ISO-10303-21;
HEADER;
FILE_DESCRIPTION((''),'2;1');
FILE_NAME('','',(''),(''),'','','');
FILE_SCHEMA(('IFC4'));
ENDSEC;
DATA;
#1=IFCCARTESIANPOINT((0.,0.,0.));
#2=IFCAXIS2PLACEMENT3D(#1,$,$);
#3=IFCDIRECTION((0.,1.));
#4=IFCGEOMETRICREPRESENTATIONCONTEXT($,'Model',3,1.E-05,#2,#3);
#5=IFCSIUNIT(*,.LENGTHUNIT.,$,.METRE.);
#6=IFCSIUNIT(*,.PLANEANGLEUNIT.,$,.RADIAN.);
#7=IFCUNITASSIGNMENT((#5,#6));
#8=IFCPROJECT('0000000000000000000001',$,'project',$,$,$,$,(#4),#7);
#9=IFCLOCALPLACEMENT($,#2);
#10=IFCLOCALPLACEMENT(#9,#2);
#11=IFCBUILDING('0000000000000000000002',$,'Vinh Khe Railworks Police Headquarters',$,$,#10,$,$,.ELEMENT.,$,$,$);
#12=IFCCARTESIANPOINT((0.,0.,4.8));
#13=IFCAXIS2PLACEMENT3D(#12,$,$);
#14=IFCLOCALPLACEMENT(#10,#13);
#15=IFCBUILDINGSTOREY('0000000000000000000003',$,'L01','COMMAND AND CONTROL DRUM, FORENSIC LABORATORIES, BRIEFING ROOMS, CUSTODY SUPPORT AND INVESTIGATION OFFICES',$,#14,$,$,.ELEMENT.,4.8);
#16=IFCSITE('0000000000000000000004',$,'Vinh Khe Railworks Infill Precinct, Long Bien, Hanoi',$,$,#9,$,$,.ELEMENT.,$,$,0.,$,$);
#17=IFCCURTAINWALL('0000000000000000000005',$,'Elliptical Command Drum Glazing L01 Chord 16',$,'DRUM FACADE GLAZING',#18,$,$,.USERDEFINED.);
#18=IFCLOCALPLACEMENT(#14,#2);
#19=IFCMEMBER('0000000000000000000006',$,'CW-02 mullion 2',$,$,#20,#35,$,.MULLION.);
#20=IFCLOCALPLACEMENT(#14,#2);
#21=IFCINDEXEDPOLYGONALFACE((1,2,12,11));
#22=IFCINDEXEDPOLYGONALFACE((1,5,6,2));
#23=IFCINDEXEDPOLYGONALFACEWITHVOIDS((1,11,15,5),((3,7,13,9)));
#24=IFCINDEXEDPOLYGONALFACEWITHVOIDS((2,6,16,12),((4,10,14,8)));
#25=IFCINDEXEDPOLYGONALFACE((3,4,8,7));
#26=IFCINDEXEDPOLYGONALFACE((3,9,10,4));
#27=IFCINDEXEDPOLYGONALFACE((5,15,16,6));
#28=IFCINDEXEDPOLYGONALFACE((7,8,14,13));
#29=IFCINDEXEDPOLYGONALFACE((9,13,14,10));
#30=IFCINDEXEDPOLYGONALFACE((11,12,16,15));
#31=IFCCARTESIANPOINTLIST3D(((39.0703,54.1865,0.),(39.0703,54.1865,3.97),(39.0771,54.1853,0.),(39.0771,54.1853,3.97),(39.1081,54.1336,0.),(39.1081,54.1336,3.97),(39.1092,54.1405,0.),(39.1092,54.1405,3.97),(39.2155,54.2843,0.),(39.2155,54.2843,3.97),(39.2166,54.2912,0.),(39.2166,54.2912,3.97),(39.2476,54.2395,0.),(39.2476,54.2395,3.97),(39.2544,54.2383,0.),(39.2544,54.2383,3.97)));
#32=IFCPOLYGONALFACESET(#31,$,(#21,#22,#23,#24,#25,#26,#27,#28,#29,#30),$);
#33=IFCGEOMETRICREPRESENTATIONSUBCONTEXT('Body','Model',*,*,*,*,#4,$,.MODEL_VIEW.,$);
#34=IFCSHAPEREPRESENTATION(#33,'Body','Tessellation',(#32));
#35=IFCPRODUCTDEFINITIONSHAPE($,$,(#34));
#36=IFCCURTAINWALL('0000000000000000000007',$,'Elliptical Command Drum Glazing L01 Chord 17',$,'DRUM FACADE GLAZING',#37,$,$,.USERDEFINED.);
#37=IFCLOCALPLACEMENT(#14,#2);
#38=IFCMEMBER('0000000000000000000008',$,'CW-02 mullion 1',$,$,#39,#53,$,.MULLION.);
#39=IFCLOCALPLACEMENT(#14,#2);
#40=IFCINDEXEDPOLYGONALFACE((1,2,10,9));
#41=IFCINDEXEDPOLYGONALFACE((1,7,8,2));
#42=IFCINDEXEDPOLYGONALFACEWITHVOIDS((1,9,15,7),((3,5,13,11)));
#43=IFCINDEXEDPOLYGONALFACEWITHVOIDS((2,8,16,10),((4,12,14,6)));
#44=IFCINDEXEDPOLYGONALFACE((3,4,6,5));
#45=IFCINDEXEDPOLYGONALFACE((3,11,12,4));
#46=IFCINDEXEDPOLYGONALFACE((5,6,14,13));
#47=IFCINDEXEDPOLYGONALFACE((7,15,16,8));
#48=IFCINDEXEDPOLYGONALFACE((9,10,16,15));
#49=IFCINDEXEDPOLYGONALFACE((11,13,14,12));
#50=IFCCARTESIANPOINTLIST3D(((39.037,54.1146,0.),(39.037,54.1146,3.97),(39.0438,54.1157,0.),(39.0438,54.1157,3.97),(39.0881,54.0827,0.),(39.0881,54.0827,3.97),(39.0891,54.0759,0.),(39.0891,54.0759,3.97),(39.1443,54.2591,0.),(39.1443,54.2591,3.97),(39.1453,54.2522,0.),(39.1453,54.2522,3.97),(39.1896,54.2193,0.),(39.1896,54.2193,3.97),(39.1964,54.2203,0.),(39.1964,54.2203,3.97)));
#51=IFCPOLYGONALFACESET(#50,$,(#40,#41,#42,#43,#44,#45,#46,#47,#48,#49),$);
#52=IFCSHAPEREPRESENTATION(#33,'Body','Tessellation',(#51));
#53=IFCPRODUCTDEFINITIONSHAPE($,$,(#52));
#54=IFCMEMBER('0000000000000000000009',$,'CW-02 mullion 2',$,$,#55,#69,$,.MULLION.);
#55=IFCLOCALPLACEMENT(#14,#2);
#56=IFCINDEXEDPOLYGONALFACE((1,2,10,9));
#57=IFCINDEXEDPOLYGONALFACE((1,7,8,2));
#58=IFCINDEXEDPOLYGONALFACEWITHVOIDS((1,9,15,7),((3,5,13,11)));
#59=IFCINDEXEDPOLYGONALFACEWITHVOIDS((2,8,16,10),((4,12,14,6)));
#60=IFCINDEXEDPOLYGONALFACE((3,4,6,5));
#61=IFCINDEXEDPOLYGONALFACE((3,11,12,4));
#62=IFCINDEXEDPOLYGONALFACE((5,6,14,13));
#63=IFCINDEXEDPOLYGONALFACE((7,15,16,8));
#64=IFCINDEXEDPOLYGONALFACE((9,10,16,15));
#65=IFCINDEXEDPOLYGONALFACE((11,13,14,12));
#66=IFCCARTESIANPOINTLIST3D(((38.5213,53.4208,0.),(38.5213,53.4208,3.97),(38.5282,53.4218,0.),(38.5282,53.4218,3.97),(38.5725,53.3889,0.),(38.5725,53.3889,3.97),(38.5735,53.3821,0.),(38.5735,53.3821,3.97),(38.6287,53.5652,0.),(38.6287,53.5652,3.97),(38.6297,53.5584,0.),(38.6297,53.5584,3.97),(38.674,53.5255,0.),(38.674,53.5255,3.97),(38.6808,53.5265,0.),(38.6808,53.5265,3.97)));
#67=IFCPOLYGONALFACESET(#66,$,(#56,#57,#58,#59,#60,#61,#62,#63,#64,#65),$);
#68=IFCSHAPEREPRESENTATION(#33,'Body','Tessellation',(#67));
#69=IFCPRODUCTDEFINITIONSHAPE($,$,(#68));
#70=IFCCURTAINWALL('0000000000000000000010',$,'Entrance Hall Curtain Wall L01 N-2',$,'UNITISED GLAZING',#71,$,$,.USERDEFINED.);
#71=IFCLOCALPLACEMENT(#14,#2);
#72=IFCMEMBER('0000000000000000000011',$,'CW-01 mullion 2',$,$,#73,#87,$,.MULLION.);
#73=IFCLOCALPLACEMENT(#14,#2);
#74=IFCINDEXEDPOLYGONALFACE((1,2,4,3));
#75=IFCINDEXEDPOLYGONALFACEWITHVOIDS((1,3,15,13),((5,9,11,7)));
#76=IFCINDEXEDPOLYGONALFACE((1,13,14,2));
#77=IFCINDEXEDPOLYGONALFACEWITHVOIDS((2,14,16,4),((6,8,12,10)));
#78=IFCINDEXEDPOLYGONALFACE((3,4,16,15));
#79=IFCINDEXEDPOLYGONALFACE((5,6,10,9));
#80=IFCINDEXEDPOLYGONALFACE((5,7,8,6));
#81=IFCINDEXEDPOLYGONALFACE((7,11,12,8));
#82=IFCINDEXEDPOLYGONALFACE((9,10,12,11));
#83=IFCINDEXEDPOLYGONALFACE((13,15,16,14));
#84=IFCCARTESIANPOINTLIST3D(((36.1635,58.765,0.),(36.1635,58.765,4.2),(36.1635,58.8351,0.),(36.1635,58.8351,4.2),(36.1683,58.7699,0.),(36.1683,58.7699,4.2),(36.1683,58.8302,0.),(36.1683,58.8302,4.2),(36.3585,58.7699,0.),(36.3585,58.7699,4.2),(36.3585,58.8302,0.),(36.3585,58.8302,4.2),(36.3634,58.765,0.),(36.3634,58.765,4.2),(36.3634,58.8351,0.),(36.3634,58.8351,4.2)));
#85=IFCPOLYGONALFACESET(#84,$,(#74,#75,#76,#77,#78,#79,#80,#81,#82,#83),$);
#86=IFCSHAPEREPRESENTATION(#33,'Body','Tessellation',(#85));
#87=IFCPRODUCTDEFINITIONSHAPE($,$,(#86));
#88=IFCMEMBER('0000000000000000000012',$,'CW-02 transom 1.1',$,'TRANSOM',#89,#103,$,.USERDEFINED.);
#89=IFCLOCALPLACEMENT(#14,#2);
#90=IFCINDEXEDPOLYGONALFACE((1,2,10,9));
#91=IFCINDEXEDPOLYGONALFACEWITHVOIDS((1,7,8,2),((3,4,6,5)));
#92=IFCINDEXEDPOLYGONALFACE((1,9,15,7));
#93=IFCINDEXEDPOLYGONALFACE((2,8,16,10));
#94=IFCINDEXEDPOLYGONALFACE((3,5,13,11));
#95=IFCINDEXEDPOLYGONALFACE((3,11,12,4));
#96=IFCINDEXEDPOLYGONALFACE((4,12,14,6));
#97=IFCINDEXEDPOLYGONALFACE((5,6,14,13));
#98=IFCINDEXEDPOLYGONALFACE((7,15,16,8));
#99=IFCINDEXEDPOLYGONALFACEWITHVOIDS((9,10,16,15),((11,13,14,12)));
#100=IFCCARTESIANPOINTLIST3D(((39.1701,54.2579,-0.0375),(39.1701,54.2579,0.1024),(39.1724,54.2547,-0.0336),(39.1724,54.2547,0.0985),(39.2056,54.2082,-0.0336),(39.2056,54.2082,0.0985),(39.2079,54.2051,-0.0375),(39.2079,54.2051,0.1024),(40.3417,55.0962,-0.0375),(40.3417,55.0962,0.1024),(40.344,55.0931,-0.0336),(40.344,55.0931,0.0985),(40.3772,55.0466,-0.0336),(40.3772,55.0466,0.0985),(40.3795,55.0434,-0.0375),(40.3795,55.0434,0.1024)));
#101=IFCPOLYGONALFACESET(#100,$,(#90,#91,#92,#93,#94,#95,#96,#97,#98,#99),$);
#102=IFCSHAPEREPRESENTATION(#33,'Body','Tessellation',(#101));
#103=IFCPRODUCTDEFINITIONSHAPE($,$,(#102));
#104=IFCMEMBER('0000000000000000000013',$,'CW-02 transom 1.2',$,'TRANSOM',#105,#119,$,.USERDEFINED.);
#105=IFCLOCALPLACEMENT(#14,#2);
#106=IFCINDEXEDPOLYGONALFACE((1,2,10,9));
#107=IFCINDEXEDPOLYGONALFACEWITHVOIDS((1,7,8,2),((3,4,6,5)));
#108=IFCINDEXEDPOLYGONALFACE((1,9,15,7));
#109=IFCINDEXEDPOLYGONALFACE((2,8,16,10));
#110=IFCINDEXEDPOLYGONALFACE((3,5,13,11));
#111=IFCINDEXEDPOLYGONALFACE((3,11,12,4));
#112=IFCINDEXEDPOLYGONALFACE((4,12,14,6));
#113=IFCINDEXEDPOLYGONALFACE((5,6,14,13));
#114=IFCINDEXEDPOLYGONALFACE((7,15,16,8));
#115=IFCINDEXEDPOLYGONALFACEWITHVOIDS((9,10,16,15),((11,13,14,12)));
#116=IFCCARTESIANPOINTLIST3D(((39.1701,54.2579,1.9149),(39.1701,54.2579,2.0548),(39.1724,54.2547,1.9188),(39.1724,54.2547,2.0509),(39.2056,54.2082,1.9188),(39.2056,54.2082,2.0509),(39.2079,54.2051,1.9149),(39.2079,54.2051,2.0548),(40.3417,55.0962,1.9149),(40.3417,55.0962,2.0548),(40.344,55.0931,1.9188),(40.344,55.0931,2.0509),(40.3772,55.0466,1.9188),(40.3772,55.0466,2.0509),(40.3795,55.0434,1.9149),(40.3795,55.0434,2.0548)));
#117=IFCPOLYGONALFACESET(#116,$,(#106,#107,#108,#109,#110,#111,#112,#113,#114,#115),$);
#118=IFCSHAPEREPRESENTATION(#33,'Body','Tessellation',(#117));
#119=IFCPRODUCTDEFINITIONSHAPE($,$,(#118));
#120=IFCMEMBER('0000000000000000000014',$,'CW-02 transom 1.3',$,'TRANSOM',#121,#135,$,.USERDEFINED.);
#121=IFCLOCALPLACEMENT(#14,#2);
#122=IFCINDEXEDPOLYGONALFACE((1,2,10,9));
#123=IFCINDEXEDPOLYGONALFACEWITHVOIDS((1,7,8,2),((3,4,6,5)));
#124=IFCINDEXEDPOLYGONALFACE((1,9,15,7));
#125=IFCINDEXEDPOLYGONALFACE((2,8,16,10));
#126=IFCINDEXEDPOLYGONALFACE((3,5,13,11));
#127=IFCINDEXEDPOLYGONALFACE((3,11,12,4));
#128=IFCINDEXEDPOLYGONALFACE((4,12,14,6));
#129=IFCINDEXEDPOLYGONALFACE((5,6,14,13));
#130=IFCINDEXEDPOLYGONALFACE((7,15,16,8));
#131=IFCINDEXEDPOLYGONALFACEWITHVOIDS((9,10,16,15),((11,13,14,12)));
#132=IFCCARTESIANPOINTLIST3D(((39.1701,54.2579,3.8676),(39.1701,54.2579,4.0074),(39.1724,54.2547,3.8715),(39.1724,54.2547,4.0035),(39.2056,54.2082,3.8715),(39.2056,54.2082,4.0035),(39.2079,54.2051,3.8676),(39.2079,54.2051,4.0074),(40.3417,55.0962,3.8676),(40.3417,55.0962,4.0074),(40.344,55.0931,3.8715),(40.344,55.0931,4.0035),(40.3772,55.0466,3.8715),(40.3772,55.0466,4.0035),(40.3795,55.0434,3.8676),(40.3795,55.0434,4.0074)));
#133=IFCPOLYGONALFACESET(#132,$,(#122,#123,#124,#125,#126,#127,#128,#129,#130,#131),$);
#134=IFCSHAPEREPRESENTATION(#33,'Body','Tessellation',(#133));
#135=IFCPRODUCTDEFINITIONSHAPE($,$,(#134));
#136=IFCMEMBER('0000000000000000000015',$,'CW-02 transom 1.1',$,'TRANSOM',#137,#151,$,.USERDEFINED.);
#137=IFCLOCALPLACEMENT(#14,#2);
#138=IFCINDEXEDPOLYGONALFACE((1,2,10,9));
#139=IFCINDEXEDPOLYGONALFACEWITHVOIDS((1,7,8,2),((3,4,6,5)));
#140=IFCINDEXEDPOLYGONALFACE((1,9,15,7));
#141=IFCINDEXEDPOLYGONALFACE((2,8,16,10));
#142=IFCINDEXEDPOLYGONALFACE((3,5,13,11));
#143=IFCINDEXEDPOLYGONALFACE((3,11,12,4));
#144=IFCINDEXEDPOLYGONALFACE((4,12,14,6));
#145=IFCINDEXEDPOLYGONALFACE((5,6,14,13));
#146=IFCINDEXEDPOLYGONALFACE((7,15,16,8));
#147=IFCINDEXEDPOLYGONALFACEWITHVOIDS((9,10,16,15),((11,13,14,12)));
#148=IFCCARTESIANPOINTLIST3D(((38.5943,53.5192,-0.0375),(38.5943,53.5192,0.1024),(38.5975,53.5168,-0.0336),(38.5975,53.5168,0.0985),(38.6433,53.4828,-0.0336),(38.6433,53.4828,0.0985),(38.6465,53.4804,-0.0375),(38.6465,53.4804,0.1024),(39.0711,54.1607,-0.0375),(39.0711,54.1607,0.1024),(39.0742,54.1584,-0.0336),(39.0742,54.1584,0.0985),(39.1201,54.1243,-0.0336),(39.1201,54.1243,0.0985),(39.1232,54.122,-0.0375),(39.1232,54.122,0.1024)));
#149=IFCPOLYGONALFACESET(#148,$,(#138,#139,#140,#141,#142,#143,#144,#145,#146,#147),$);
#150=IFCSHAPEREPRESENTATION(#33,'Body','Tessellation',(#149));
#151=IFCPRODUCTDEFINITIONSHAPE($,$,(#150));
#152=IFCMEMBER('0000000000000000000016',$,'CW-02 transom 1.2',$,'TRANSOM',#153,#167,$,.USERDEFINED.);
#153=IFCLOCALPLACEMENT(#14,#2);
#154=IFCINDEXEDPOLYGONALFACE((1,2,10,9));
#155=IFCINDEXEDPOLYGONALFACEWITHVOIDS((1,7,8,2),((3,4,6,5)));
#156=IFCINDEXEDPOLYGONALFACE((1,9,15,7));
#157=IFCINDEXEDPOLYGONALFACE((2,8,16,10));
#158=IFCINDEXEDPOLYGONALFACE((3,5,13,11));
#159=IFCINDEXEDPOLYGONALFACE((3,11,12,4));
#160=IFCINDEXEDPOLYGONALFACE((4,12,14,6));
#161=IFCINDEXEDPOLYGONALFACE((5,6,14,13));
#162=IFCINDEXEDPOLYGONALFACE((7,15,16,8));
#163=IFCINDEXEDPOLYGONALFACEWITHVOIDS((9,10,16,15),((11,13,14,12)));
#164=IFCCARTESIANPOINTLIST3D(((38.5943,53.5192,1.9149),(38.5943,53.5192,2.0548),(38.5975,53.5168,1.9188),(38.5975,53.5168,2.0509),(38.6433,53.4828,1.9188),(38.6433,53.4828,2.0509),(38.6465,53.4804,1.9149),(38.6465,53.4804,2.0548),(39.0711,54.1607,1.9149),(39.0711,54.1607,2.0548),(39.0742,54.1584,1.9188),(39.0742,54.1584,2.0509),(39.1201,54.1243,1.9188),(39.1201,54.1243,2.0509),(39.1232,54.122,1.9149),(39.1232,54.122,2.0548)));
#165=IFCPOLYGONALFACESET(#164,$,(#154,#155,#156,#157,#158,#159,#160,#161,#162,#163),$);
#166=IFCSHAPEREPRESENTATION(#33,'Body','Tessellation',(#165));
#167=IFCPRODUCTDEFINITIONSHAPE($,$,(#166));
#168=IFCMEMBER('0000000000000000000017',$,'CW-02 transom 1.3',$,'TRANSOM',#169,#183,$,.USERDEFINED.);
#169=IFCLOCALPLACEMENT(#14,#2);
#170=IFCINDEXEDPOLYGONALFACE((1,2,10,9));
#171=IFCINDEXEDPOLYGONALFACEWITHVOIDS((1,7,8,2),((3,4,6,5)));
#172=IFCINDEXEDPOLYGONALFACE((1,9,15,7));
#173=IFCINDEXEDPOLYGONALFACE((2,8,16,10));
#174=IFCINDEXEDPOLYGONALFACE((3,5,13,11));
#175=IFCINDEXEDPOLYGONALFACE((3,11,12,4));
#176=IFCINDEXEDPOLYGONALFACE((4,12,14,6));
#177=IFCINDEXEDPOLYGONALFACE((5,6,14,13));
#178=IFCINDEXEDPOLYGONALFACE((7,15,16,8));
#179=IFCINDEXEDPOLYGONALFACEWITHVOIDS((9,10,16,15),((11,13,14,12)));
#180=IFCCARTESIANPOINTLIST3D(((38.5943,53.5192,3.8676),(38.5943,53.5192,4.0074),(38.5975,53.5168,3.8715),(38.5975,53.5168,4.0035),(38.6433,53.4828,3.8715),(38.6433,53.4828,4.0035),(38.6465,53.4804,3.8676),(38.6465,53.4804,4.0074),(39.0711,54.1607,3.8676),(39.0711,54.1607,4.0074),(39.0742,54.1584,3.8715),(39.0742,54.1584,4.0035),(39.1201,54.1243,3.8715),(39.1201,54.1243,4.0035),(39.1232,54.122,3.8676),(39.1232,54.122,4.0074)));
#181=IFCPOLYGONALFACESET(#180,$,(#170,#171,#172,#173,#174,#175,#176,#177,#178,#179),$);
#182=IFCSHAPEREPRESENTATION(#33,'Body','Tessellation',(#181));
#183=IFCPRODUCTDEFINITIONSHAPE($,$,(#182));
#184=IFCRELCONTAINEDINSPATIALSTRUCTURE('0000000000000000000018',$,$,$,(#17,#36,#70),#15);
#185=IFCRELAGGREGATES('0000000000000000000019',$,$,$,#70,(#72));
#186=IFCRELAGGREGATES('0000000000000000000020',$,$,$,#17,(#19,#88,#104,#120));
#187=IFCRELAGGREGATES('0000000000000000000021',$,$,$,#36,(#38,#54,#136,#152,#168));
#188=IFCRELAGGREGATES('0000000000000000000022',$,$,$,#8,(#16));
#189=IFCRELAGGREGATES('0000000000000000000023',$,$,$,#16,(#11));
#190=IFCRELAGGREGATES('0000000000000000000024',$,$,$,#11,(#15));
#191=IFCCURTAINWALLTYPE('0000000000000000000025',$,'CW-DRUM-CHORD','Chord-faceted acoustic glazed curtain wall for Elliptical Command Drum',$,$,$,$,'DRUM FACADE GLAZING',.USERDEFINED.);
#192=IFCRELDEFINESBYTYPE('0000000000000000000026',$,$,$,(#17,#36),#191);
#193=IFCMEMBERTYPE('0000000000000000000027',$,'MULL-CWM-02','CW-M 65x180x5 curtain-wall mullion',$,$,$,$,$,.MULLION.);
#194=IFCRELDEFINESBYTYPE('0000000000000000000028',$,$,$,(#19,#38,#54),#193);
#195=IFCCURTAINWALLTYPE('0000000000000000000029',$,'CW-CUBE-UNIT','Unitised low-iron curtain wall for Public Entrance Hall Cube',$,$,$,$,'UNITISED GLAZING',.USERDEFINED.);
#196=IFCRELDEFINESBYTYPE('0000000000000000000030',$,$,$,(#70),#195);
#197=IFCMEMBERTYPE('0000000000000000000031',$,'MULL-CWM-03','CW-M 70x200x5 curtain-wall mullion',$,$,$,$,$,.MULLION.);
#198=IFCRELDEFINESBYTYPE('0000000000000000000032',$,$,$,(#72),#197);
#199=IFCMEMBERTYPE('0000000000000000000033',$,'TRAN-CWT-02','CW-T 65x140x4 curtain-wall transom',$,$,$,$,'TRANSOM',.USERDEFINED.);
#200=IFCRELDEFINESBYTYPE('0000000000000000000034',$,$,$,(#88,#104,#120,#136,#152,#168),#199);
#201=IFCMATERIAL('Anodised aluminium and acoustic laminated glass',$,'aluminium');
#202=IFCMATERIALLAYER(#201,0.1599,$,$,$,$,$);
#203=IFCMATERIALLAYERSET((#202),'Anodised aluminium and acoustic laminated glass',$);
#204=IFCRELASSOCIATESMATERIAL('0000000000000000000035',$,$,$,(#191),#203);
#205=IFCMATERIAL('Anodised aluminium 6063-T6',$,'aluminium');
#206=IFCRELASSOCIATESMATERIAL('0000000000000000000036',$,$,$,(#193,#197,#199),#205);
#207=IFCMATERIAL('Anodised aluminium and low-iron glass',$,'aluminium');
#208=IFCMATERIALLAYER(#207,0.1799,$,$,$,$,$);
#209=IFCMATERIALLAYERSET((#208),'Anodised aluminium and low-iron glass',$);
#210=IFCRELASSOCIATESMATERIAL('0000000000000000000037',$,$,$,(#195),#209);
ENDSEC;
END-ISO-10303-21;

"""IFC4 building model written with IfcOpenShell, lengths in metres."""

from ifc_helpers import new_model, si_unit, direction, frame, origin, origin_2d, place, context, subcontext, project, spatial, hollow_rectangle, extrude, material, layer, layer_set, material_profile, profile_set, type_object, element, aggregate, save


model = new_model("IFC4")

# Units and contexts
model_context = context("Model", 3, precision=1e-05, world=origin(), true_north=direction((0.0, 1.0)))
body_context = subcontext(model_context, "Body", "Model", "MODEL_VIEW")
ifc_project = project(units=[si_unit("LENGTHUNIT", "METRE"), si_unit("PLANEANGLEUNIT", "RADIAN")], contexts=[model_context])

# Site, building, storey
site_placement = place(None, origin())
site = spatial("IfcSite", under=ifc_project, at=site_placement, Name="Vinh Khe Railworks Infill Precinct, Long Bien, Hanoi", CompositionType="ELEMENT", RefElevation=0.0)
building_placement = place(site_placement, origin())
building = spatial("IfcBuilding", under=site, at=building_placement, Name="Vinh Khe Railworks Police Headquarters", CompositionType="ELEMENT")
storey_placement = place(building_placement, frame((0.0, 0.0, 4.8)))
storey = spatial("IfcBuildingStorey", under=building, at=storey_placement, Name="L01", Description="COMMAND AND CONTROL DRUM, FORENSIC LABORATORIES, BRIEFING ROOMS, CUSTODY SUPPORT AND INVESTIGATION OFFICES", CompositionType="ELEMENT", Elevation=4.8)

# Curtain wall, member
ifc_material_1 = material(Name="Anodised aluminium and acoustic laminated glass", Category="aluminium")
ifc_layer_1 = layer(ifc_material_1, 0.1599)
ifc_layer_set_1 = layer_set([ifc_layer_1], Name="Anodised aluminium and acoustic laminated glass")
curtain_wall_type_1 = type_object("IfcCurtainWallType", Name="CW-DRUM-CHORD", Description="Chord-faceted acoustic glazed curtain wall for Elliptical Command Drum", ElementType="DRUM FACADE GLAZING", PredefinedType="USERDEFINED", material=ifc_layer_set_1)
curtain_wall_1_placement = place(storey_placement, origin())
curtain_wall_1 = element("IfcCurtainWall", 1, at=curtain_wall_1_placement, inside=storey, type_object=curtain_wall_type_1, Name="Elliptical Command Drum Glazing L01 Chord 16", ObjectType="DRUM FACADE GLAZING", PredefinedType="USERDEFINED")
ifc_material_2 = material(Name="Anodised aluminium 6063-T6", Category="aluminium")
ifc_material_profile_1 = material_profile(ifc_material_2, hollow_rectangle(XDim=0.0649, YDim=0.1799, WallThickness=0.0049, at=origin_2d()), Name="CW-M 65x180x5")
ifc_profile_set_1 = profile_set([ifc_material_profile_1], Name="Anodised aluminium 6063-T6")
member_type_1 = type_object("IfcMemberType", Name="MULL-CWM-02", Description="CW-M 65x180x5 curtain-wall mullion", PredefinedType="MULLION", material=ifc_profile_set_1)
member_1_placement = place(storey_placement, frame((39.1624, 54.2124, 0.0), z_axis=(0.0, 0.0, 1.0), x_axis=(0.581917, -0.813248, 0.0)))
member_1 = element("IfcMember", 2, at=member_1_placement, type_object=member_type_1, Name="CW-02 mullion 2", PredefinedType="MULLION", context=body_context, shape_type="SweptSolid", body=[
    extrude(hollow_rectangle(XDim=0.0649, YDim=0.1799, WallThickness=0.0049, at=origin_2d()), origin(), (0.0, 0.0, 1.0), 3.97),
])

# Curtain wall, members
curtain_wall_2_placement = place(storey_placement, origin())
curtain_wall_2 = element("IfcCurtainWall", 3, at=curtain_wall_2_placement, inside=storey, type_object=curtain_wall_type_1, Name="Elliptical Command Drum Glazing L01 Chord 17", ObjectType="DRUM FACADE GLAZING", PredefinedType="USERDEFINED")
member_2_placement = place(storey_placement, frame((39.1167, 54.1675, 0.0), z_axis=(0.0, 0.0, 1.0), x_axis=(0.802592, -0.596528, 0.0)))
member_2 = element("IfcMember", 4, at=member_2_placement, type_object=member_type_1, Name="CW-02 mullion 1", PredefinedType="MULLION", context=body_context, shape_type="SweptSolid", body=[
    extrude(hollow_rectangle(XDim=0.0649, YDim=0.1799, WallThickness=0.0049, at=origin_2d()), origin(), (0.0, 0.0, 1.0), 3.97),
])
member_3_placement = place(storey_placement, frame((38.6011, 53.4736, 0.0), z_axis=(0.0, 0.0, 1.0), x_axis=(0.802592, -0.596528, 0.0)))
member_3 = element("IfcMember", 5, at=member_3_placement, type_object=member_type_1, Name="CW-02 mullion 2", PredefinedType="MULLION", context=body_context, shape_type="SweptSolid", body=[
    extrude(hollow_rectangle(XDim=0.0649, YDim=0.1799, WallThickness=0.0049, at=origin_2d()), origin(), (0.0, 0.0, 1.0), 3.97),
])

# Curtain wall, member
ifc_material_3 = material(Name="Anodised aluminium and low-iron glass", Category="aluminium")
ifc_layer_2 = layer(ifc_material_3, 0.1799)
ifc_layer_set_2 = layer_set([ifc_layer_2], Name="Anodised aluminium and low-iron glass")
curtain_wall_type_2 = type_object("IfcCurtainWallType", Name="CW-CUBE-UNIT", Description="Unitised low-iron curtain wall for Public Entrance Hall Cube", ElementType="UNITISED GLAZING", PredefinedType="USERDEFINED", material=ifc_layer_set_2)
curtain_wall_3_placement = place(storey_placement, origin())
curtain_wall_3 = element("IfcCurtainWall", 6, at=curtain_wall_3_placement, inside=storey, type_object=curtain_wall_type_2, Name="Entrance Hall Curtain Wall L01 N-2", ObjectType="UNITISED GLAZING", PredefinedType="USERDEFINED")
ifc_material_profile_2 = material_profile(ifc_material_2, hollow_rectangle(XDim=0.0701, YDim=0.2, WallThickness=0.0049, at=origin_2d()), Name="CW-M 70x200x5")
ifc_profile_set_2 = profile_set([ifc_material_profile_2], Name="Anodised aluminium 6063-T6")
member_type_2 = type_object("IfcMemberType", Name="MULL-CWM-03", Description="CW-M 70x200x5 curtain-wall mullion", PredefinedType="MULLION", material=ifc_profile_set_2)
member_4_placement = place(storey_placement, frame((36.2634, 58.8, 0.0), z_axis=(0.0, 0.0, 1.0), x_axis=(0.0, 1.0, 0.0)))
member_4 = element("IfcMember", 7, at=member_4_placement, type_object=member_type_2, Name="CW-01 mullion 2", PredefinedType="MULLION", context=body_context, shape_type="SweptSolid", body=[
    extrude(hollow_rectangle(XDim=0.0701, YDim=0.2, WallThickness=0.0049, at=origin_2d()), origin(), (0.0, 0.0, 1.0), 4.2),
])

# Members
ifc_material_profile_3 = material_profile(ifc_material_2, hollow_rectangle(XDim=0.0649, YDim=0.1399, WallThickness=0.0039, at=origin_2d()), Name="CW-T 65x140x4")
ifc_profile_set_3 = profile_set([ifc_material_profile_3], Name="Anodised aluminium 6063-T6")
member_type_3 = type_object("IfcMemberType", Name="TRAN-CWT-02", Description="CW-T 65x140x4 curtain-wall transom", ElementType="TRANSOM", PredefinedType="USERDEFINED", material=ifc_profile_set_3)
member_5_placement = place(storey_placement, frame((40.3606, 55.0698, 0.0325), z_axis=(-0.813241, -0.581927, 0.0), x_axis=(0.581927, -0.813241, 0.0)))
member_5 = element("IfcMember", 8, at=member_5_placement, type_object=member_type_3, Name="CW-02 transom 1.1", ObjectType="TRANSOM", PredefinedType="USERDEFINED", context=body_context, shape_type="SweptSolid", body=[
    extrude(hollow_rectangle(XDim=0.0649, YDim=0.1399, WallThickness=0.0039, at=origin_2d()), origin(), (0.0, 0.0, 1.0), 1.4407),
])
member_6_placement = place(storey_placement, frame((40.3606, 55.0698, 1.9849), z_axis=(-0.813241, -0.581927, 0.0), x_axis=(0.581927, -0.813241, 0.0)))
member_6 = element("IfcMember", 9, at=member_6_placement, type_object=member_type_3, Name="CW-02 transom 1.2", ObjectType="TRANSOM", PredefinedType="USERDEFINED", context=body_context, shape_type="SweptSolid", body=[
    extrude(hollow_rectangle(XDim=0.0649, YDim=0.1399, WallThickness=0.0039, at=origin_2d()), origin(), (0.0, 0.0, 1.0), 1.4407),
])
member_7_placement = place(storey_placement, frame((40.3606, 55.0698, 3.9375), z_axis=(-0.813241, -0.581927, 0.0), x_axis=(0.581927, -0.813241, 0.0)))
member_7 = element("IfcMember", 10, at=member_7_placement, type_object=member_type_3, Name="CW-02 transom 1.3", ObjectType="TRANSOM", PredefinedType="USERDEFINED", context=body_context, shape_type="SweptSolid", body=[
    extrude(hollow_rectangle(XDim=0.0649, YDim=0.1399, WallThickness=0.0039, at=origin_2d()), origin(), (0.0, 0.0, 1.0), 1.4407),
])
member_8_placement = place(storey_placement, frame((39.0972, 54.1414, 0.0325), z_axis=(-0.596476, -0.802631, 0.0), x_axis=(0.802631, -0.596476, 0.0)))
member_8 = element("IfcMember", 11, at=member_8_placement, type_object=member_type_3, Name="CW-02 transom 1.1", ObjectType="TRANSOM", PredefinedType="USERDEFINED", context=body_context, shape_type="SweptSolid", body=[
    extrude(hollow_rectangle(XDim=0.0649, YDim=0.1399, WallThickness=0.0039, at=origin_2d()), origin(), (0.0, 0.0, 1.0), 0.7993),
])
member_9_placement = place(storey_placement, frame((39.0972, 54.1414, 1.9849), z_axis=(-0.596476, -0.802631, 0.0), x_axis=(0.802631, -0.596476, 0.0)))
member_9 = element("IfcMember", 12, at=member_9_placement, type_object=member_type_3, Name="CW-02 transom 1.2", ObjectType="TRANSOM", PredefinedType="USERDEFINED", context=body_context, shape_type="SweptSolid", body=[
    extrude(hollow_rectangle(XDim=0.0649, YDim=0.1399, WallThickness=0.0039, at=origin_2d()), origin(), (0.0, 0.0, 1.0), 0.7993),
])
member_10_placement = place(storey_placement, frame((39.0972, 54.1414, 3.9375), z_axis=(-0.596476, -0.802631, 0.0), x_axis=(0.802631, -0.596476, 0.0)))
member_10 = element("IfcMember", 13, at=member_10_placement, type_object=member_type_3, Name="CW-02 transom 1.3", ObjectType="TRANSOM", PredefinedType="USERDEFINED", context=body_context, shape_type="SweptSolid", body=[
    extrude(hollow_rectangle(XDim=0.0649, YDim=0.1399, WallThickness=0.0039, at=origin_2d()), origin(), (0.0, 0.0, 1.0), 0.7993),
])
aggregate(curtain_wall_3, [member_4])

aggregate(curtain_wall_1, [member_1, member_5, member_6, member_7])
aggregate(curtain_wall_2, [member_2, member_3, member_8, member_9, member_10])

save(model, "model.ifc")
